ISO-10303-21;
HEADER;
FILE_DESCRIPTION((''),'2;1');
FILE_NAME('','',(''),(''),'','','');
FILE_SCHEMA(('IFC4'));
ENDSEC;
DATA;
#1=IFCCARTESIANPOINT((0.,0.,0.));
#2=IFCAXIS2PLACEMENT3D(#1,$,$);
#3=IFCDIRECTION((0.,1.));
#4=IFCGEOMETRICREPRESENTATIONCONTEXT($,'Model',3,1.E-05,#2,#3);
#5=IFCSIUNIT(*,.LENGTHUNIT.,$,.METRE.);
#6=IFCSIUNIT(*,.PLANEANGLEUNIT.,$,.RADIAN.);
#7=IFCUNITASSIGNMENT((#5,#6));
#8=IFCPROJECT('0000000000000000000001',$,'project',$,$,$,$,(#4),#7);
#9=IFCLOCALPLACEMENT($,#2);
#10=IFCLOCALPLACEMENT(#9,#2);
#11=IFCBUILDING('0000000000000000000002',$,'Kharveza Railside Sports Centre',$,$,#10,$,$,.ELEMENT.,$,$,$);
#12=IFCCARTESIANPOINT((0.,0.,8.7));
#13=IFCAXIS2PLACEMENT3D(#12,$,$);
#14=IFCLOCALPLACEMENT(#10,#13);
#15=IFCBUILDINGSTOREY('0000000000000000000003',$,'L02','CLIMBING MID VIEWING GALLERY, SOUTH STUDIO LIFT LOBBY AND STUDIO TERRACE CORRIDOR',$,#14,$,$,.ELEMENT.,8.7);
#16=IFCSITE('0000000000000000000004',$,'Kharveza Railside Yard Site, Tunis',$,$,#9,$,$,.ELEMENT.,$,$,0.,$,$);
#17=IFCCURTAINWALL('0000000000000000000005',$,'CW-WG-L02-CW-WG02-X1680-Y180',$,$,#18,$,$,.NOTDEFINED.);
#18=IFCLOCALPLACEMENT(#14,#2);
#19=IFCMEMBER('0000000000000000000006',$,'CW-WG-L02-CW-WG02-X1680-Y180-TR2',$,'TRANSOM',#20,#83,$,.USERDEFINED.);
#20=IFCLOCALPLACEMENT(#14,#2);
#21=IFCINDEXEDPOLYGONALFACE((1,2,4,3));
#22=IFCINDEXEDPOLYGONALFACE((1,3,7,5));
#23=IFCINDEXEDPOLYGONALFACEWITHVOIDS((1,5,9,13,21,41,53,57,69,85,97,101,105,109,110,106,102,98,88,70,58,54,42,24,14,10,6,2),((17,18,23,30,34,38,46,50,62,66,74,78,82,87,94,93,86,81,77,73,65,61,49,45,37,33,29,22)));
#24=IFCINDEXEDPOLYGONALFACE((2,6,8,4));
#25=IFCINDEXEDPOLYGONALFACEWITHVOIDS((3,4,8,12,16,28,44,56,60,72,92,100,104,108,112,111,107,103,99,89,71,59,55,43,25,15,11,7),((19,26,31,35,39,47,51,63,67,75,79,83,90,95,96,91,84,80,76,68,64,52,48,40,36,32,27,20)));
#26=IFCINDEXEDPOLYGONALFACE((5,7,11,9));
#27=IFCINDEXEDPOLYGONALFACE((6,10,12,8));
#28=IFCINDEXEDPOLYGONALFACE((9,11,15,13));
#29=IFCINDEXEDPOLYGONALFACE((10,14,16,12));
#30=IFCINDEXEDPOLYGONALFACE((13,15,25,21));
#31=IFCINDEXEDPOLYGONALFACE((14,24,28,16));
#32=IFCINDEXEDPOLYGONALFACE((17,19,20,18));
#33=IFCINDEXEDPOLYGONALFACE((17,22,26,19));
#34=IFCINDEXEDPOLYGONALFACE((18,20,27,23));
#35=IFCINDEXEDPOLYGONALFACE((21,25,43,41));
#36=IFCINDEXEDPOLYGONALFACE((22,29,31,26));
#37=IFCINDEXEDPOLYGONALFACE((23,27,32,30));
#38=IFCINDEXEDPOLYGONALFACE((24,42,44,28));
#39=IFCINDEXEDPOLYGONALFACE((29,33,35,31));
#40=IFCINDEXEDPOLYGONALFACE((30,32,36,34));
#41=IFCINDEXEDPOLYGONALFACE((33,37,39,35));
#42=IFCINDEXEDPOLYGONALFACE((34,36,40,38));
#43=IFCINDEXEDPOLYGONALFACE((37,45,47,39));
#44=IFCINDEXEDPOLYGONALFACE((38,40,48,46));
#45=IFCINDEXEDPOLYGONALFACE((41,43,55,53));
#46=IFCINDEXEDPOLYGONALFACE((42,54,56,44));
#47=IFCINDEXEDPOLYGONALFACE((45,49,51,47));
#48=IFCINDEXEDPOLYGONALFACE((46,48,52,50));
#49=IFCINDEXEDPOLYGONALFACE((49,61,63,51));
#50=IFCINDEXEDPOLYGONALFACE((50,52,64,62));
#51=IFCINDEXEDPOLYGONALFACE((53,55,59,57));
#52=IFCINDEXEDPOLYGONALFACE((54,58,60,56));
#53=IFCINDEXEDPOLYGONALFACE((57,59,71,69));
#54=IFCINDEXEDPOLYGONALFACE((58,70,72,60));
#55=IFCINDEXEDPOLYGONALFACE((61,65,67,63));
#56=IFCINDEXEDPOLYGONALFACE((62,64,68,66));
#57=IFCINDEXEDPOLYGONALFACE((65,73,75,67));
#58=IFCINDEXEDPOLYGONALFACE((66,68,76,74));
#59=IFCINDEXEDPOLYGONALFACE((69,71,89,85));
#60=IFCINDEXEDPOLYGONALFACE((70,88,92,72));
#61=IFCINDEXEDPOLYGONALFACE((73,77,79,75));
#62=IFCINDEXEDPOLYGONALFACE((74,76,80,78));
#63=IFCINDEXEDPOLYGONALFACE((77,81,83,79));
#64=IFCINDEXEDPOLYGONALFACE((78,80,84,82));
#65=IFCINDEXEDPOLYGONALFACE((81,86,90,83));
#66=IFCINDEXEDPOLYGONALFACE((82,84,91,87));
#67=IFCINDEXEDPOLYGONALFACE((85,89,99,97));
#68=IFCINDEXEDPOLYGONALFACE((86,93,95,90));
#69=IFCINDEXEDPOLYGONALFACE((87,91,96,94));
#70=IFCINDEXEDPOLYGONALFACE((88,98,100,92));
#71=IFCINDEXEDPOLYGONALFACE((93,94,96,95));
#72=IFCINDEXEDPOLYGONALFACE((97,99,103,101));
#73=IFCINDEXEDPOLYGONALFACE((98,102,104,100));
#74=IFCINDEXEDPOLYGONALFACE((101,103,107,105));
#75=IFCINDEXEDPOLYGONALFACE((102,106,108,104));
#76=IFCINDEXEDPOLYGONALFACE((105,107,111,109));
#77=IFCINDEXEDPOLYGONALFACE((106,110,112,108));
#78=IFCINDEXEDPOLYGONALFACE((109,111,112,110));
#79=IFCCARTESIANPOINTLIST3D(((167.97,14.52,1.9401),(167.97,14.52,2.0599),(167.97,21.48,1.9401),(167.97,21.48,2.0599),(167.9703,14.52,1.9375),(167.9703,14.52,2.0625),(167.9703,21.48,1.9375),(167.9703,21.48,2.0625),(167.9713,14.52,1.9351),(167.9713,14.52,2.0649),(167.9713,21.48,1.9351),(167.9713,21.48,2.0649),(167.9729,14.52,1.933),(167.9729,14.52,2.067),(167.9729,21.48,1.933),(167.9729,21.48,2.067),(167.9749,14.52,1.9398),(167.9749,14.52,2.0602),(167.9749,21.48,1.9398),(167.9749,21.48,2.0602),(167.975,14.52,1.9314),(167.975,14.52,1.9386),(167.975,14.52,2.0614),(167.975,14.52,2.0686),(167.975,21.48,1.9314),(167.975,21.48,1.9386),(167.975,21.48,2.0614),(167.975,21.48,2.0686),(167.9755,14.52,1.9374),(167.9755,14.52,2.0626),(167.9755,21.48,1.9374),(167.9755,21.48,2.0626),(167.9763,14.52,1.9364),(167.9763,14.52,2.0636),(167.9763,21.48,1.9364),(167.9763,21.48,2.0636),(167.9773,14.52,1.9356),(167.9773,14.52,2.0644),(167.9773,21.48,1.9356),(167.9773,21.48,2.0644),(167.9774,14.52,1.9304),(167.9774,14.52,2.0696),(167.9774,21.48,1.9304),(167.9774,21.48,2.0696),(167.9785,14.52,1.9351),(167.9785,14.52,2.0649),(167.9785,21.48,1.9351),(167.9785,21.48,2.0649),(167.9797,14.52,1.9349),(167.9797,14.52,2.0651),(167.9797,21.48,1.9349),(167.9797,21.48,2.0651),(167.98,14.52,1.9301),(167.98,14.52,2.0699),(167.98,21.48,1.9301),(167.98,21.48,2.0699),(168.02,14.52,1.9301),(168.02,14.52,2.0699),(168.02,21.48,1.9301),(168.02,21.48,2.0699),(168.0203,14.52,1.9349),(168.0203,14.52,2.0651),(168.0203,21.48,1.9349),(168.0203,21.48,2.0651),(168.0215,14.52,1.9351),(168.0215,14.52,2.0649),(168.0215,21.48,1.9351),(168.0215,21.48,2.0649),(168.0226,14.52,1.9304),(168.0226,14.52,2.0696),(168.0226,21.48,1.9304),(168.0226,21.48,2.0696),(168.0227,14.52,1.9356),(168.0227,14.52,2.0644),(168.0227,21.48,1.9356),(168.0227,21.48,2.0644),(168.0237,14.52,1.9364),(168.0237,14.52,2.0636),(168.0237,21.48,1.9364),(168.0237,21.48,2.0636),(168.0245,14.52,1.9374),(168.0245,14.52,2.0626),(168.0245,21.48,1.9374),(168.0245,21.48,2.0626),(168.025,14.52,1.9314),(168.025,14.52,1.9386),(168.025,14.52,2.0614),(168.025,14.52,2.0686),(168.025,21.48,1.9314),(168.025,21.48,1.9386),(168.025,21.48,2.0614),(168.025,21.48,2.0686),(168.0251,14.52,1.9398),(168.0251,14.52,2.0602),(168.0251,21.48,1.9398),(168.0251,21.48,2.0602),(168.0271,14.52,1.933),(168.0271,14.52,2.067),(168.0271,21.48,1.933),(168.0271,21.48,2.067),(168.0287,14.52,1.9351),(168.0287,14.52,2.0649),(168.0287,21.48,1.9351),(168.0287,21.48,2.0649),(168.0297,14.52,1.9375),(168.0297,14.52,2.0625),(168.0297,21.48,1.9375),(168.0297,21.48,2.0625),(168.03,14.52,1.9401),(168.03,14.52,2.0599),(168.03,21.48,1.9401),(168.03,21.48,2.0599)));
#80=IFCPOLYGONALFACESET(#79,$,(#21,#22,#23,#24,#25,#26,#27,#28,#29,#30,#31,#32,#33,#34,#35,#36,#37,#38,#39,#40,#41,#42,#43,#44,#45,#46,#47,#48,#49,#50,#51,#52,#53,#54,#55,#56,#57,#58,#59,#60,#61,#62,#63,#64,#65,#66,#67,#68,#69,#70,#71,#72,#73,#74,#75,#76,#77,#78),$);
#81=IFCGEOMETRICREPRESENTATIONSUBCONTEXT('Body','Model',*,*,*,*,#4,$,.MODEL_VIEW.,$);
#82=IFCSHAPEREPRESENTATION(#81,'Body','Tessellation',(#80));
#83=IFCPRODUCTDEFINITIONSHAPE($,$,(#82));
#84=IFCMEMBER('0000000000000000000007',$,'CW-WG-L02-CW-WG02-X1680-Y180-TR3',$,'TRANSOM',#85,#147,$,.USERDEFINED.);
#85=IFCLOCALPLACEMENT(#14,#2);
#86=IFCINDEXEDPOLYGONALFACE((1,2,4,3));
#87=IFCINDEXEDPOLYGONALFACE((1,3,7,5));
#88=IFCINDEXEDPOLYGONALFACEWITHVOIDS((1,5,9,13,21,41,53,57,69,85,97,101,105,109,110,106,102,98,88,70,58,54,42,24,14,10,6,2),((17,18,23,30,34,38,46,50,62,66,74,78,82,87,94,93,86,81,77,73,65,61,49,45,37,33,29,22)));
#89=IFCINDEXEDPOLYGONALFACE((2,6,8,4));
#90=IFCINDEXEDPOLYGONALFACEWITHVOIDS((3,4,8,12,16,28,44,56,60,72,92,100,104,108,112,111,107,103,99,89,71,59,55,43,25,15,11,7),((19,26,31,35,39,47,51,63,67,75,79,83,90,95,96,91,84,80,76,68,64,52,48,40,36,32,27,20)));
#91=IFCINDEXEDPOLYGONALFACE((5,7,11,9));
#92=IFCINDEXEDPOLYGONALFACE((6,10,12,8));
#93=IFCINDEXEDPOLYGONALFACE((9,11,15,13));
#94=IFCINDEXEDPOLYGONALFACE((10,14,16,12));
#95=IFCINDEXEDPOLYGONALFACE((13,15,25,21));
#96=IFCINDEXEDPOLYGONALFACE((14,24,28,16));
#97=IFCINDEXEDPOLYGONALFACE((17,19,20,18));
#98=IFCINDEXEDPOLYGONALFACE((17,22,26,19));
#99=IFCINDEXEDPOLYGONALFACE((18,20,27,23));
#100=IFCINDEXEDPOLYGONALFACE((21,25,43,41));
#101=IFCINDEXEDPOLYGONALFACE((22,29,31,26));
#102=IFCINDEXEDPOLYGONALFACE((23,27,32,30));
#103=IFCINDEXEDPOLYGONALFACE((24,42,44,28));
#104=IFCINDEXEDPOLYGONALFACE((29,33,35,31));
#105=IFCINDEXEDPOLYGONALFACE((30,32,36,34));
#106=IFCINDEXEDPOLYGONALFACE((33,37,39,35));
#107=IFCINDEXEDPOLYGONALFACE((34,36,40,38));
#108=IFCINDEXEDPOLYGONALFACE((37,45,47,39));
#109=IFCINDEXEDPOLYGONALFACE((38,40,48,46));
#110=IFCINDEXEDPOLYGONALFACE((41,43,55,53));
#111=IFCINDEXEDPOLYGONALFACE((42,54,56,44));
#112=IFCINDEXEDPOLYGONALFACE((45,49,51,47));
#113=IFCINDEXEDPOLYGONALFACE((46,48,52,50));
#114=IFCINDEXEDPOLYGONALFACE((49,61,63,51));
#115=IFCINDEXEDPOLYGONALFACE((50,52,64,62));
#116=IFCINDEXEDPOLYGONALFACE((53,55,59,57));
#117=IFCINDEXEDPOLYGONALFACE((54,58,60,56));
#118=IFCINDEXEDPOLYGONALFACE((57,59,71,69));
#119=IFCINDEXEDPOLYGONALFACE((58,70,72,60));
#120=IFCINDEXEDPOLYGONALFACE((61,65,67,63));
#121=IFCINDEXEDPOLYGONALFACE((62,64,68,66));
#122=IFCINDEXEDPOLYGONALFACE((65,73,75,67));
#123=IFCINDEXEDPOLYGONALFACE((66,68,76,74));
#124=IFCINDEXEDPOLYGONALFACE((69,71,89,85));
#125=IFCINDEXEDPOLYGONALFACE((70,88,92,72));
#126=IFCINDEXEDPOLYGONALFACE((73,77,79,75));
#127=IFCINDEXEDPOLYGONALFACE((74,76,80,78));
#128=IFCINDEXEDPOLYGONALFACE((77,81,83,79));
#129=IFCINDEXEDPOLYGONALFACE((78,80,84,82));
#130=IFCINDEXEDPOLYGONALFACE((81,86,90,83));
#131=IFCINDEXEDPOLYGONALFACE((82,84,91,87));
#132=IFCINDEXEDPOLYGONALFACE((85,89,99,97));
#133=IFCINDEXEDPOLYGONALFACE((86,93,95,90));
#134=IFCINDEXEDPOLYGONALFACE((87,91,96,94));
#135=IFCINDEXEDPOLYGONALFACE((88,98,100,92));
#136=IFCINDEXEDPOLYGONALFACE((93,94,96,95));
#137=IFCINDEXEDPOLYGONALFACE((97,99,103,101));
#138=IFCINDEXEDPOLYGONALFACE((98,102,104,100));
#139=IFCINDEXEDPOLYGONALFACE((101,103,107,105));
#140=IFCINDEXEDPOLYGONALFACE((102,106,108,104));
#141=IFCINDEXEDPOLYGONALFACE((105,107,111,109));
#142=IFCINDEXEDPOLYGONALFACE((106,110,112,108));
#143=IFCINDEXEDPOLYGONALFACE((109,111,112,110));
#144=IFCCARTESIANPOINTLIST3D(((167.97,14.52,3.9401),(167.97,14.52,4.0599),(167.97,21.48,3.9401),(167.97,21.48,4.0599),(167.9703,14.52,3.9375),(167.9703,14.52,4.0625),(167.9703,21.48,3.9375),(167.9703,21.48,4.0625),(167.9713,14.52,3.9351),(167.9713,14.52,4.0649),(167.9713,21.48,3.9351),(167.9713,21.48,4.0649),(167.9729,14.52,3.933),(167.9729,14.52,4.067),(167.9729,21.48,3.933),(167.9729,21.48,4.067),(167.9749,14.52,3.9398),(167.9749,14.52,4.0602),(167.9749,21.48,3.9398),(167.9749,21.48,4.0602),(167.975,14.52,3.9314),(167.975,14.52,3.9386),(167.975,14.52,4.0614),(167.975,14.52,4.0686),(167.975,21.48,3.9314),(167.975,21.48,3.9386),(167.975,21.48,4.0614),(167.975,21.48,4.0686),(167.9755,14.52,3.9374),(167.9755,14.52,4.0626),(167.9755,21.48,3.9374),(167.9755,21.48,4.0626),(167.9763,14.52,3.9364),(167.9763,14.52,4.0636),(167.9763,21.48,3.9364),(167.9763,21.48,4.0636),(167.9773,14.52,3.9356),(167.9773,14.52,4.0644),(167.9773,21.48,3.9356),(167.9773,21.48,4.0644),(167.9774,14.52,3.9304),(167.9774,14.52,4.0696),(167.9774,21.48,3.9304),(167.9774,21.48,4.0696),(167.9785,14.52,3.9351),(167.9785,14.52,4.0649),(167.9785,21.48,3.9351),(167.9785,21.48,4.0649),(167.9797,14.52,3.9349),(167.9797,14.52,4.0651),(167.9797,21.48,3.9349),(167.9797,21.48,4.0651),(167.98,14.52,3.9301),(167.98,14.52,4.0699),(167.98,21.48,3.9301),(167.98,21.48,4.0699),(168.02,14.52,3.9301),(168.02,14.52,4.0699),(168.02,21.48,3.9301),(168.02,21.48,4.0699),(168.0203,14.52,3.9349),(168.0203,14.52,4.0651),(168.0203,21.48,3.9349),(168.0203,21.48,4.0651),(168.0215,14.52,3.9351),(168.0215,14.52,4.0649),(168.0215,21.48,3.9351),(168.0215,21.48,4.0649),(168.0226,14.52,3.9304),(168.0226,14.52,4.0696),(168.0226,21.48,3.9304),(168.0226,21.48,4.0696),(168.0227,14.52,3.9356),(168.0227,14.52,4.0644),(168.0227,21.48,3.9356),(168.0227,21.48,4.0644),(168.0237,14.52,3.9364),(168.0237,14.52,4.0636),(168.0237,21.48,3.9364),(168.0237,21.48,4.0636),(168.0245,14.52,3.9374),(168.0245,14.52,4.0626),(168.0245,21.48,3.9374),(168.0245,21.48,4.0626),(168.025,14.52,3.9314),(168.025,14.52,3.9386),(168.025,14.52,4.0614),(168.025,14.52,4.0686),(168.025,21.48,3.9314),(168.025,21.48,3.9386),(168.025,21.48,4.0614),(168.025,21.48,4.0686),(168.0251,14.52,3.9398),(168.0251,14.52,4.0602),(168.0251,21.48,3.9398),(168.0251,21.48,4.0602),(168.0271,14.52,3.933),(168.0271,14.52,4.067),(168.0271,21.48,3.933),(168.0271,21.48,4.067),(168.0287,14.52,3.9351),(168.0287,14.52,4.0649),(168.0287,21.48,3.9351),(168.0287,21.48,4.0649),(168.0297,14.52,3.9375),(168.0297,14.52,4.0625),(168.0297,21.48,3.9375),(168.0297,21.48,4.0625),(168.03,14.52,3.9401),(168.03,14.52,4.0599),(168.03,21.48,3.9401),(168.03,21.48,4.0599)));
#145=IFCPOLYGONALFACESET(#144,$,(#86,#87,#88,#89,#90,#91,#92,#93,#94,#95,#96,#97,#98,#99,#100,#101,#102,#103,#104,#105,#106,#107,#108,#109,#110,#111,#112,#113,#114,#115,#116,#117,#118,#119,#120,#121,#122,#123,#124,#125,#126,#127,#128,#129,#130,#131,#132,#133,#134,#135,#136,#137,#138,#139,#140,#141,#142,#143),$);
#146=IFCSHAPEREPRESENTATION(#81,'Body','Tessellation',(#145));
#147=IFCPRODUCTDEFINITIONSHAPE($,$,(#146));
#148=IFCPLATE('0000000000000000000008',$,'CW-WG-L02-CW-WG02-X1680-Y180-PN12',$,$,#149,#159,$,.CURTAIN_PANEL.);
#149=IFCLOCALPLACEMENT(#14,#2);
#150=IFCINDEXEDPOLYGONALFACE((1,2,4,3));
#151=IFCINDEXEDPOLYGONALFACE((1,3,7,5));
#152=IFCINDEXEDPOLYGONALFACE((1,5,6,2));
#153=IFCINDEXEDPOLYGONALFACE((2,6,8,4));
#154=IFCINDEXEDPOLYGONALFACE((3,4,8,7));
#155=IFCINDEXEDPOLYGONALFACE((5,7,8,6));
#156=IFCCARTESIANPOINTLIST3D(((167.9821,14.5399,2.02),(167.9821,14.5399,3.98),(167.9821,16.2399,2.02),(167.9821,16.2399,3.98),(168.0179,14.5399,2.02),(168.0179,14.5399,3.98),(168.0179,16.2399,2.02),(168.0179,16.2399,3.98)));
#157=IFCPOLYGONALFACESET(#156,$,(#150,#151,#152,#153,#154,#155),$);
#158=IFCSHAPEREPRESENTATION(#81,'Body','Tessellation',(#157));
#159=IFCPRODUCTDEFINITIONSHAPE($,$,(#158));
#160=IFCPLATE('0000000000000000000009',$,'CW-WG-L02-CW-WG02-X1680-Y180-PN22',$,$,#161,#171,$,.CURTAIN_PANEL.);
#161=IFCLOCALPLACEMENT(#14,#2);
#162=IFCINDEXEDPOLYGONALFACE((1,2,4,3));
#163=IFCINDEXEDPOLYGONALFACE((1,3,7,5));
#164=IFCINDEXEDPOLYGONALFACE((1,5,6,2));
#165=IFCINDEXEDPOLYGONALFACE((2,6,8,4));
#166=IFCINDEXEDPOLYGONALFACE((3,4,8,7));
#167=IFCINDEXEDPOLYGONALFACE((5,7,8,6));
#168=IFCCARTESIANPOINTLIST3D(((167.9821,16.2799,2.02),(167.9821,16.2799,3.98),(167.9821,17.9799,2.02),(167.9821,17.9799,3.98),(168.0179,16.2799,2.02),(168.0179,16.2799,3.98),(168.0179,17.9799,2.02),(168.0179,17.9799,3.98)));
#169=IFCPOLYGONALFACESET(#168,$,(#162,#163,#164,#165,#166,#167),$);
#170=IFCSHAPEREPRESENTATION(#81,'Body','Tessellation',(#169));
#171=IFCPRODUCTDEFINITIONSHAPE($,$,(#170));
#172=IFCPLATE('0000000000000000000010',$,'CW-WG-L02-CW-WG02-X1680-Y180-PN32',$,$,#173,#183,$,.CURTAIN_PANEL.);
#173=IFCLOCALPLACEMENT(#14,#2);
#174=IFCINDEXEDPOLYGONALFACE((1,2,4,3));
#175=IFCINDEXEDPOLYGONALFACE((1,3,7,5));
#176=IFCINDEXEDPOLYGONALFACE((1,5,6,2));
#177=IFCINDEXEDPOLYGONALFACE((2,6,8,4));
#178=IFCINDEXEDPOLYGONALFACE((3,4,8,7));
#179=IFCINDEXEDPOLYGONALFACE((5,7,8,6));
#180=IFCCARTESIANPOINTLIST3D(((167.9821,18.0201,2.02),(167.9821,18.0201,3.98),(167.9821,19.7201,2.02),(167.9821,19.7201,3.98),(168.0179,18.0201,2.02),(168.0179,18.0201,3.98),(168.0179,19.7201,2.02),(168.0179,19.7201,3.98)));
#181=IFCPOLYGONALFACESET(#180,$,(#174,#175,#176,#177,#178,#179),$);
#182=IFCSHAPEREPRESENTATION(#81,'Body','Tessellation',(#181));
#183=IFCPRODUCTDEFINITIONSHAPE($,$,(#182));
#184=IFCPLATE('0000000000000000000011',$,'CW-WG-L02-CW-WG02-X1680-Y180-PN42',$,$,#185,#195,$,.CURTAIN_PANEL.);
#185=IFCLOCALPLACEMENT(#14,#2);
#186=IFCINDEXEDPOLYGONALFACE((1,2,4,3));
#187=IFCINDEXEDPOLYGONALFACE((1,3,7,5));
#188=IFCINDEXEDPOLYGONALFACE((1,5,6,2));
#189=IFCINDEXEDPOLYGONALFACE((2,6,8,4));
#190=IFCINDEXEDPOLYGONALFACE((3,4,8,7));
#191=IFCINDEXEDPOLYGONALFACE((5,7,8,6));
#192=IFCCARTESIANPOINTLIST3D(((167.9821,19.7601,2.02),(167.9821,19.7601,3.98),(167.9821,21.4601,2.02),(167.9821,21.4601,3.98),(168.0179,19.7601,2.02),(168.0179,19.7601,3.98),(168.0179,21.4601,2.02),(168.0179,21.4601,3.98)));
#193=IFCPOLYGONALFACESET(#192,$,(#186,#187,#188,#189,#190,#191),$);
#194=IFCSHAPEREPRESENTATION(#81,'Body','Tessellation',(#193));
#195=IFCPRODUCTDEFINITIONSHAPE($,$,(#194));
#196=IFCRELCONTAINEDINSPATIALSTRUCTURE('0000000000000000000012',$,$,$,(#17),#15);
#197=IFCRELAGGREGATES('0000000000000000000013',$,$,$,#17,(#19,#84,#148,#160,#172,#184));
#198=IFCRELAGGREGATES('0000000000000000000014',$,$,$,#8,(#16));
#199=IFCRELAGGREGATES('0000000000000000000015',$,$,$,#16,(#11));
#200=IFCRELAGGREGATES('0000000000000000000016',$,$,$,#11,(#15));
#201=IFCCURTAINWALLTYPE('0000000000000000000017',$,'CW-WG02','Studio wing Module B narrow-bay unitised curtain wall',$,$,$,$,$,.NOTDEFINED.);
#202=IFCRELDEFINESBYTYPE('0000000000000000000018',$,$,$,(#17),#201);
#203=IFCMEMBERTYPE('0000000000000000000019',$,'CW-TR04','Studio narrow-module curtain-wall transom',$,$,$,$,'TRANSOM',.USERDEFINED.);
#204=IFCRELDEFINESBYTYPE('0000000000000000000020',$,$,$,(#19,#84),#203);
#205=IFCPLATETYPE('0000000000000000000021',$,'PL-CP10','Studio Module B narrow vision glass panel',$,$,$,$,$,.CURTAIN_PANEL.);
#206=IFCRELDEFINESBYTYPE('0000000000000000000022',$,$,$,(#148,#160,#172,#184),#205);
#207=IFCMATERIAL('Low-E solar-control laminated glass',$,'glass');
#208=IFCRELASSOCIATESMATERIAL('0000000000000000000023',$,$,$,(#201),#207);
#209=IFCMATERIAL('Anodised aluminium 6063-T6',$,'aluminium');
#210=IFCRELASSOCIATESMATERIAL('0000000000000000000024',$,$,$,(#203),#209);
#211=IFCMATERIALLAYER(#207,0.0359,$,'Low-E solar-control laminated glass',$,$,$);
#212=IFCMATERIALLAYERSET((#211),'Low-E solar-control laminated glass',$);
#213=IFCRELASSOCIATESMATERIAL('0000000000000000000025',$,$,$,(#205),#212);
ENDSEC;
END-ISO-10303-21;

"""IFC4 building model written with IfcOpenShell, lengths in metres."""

from ifc_helpers import new_model, si_unit, direction, frame, origin, origin_2d, place, context, subcontext, project, spatial, rectangle, hollow_rectangle, extrude, material, layer, layer_set, material_profile, profile_set, type_object, element, aggregate, save


model = new_model("IFC4")

# Units and contexts
model_context = context("Model", 3, precision=1e-05, world=origin(), true_north=direction((0.0, 1.0)))
body_context = subcontext(model_context, "Body", "Model", "MODEL_VIEW")
ifc_project = project(units=[si_unit("LENGTHUNIT", "METRE"), si_unit("PLANEANGLEUNIT", "RADIAN")], contexts=[model_context])

# Site, building, storey
site_placement = place(None, origin())
site = spatial("IfcSite", under=ifc_project, at=site_placement, Name="Kharveza Railside Yard Site, Tunis", CompositionType="ELEMENT", RefElevation=0.0)
building_placement = place(site_placement, origin())
building = spatial("IfcBuilding", under=site, at=building_placement, Name="Kharveza Railside Sports Centre", CompositionType="ELEMENT")
storey_placement = place(building_placement, frame((0.0, 0.0, 8.7)))
storey = spatial("IfcBuildingStorey", under=building, at=storey_placement, Name="L02", Description="CLIMBING MID VIEWING GALLERY, SOUTH STUDIO LIFT LOBBY AND STUDIO TERRACE CORRIDOR", CompositionType="ELEMENT", Elevation=8.7)

# Curtain wall, members, plates
ifc_material_1 = material(Name="Low-E solar-control laminated glass", Category="glass")
curtain_wall_type = type_object("IfcCurtainWallType", Name="CW-WG02", Description="Studio wing Module B narrow-bay unitised curtain wall", PredefinedType="NOTDEFINED", material=ifc_material_1)
curtain_wall_placement = place(storey_placement, origin())
curtain_wall = element("IfcCurtainWall", 1, at=curtain_wall_placement, inside=storey, type_object=curtain_wall_type, Name="CW-WG-L02-CW-WG02-X1680-Y180", PredefinedType="NOTDEFINED")
ifc_material_2 = material(Name="Anodised aluminium 6063-T6", Category="aluminium")
ifc_material_profile_1 = material_profile(ifc_material_2, hollow_rectangle(XDim=0.0601, YDim=0.1399, WallThickness=0.0049, InnerFilletRadius=0.0049, OuterFilletRadius=0.01, at=origin_2d()), Name="RHS 60x140x5.0")
ifc_profile_set_1 = profile_set([ifc_material_profile_1], Name="Anodised aluminium 6063-T6")
member_type_1 = type_object("IfcMemberType", Name="CW-TR04", Description="Studio narrow-module curtain-wall transom", ElementType="TRANSOM", PredefinedType="USERDEFINED", material=ifc_profile_set_1)
member_1_placement = place(storey_placement, frame((168.0, 14.52, 2.0), z_axis=(0.0, 1.0, 0.0), x_axis=(-1.0, 0.0, 0.0)))
member_1 = element("IfcMember", 2, at=member_1_placement, type_object=member_type_1, Name="CW-WG-L02-CW-WG02-X1680-Y180-TR2", ObjectType="TRANSOM", PredefinedType="USERDEFINED", context=body_context, shape_type="SweptSolid", body=[
    extrude(hollow_rectangle(XDim=0.0601, YDim=0.1399, WallThickness=0.0049, InnerFilletRadius=0.0049, OuterFilletRadius=0.01, at=origin_2d()), origin(), (0.0, 0.0, 1.0), 6.96),
])
member_2_placement = place(storey_placement, frame((168.0, 14.52, 4.0), z_axis=(0.0, 1.0, 0.0), x_axis=(-1.0, 0.0, 0.0)))
member_2 = element("IfcMember", 3, at=member_2_placement, type_object=member_type_1, Name="CW-WG-L02-CW-WG02-X1680-Y180-TR3", ObjectType="TRANSOM", PredefinedType="USERDEFINED", context=body_context, shape_type="SweptSolid", body=[
    extrude(hollow_rectangle(XDim=0.0601, YDim=0.1399, WallThickness=0.0049, InnerFilletRadius=0.0049, OuterFilletRadius=0.01, at=origin_2d()), origin(), (0.0, 0.0, 1.0), 6.96),
])
ifc_layer_1 = layer(ifc_material_1, 0.0359, Name="Low-E solar-control laminated glass")
ifc_layer_set_1 = layer_set([ifc_layer_1], Name="Low-E solar-control laminated glass")
plate_type_1 = type_object("IfcPlateType", Name="PL-CP10", Description="Studio Module B narrow vision glass panel", PredefinedType="CURTAIN_PANEL", material=ifc_layer_set_1)
plate_1_placement = place(storey_placement, frame((168.0, 15.3899, 2.02), z_axis=(0.0, 0.0, 1.0), x_axis=(0.0, 1.0, 0.0)))
plate_1 = element("IfcPlate", 4, at=plate_1_placement, type_object=plate_type_1, Name="CW-WG-L02-CW-WG02-X1680-Y180-PN12", PredefinedType="CURTAIN_PANEL", context=body_context, shape_type="SweptSolid", body=[
    extrude(rectangle(XDim=1.7, YDim=0.0359, at=origin_2d()), origin(), (0.0, 0.0, 1.0), 1.96),
])
plate_2_placement = place(storey_placement, frame((168.0, 17.1299, 2.02), z_axis=(0.0, 0.0, 1.0), x_axis=(0.0, 1.0, 0.0)))
plate_2 = element("IfcPlate", 5, at=plate_2_placement, type_object=plate_type_1, Name="CW-WG-L02-CW-WG02-X1680-Y180-PN22", PredefinedType="CURTAIN_PANEL", context=body_context, shape_type="SweptSolid", body=[
    extrude(rectangle(XDim=1.7, YDim=0.0359, at=origin_2d()), origin(), (0.0, 0.0, 1.0), 1.96),
])
plate_3_placement = place(storey_placement, frame((168.0, 18.8701, 2.02), z_axis=(0.0, 0.0, 1.0), x_axis=(0.0, 1.0, 0.0)))
plate_3 = element("IfcPlate", 6, at=plate_3_placement, type_object=plate_type_1, Name="CW-WG-L02-CW-WG02-X1680-Y180-PN32", PredefinedType="CURTAIN_PANEL", context=body_context, shape_type="SweptSolid", body=[
    extrude(rectangle(XDim=1.7, YDim=0.0359, at=origin_2d()), origin(), (0.0, 0.0, 1.0), 1.96),
])
plate_4_placement = place(storey_placement, frame((168.0, 20.6101, 2.02), z_axis=(0.0, 0.0, 1.0), x_axis=(0.0, 1.0, 0.0)))
plate_4 = element("IfcPlate", 7, at=plate_4_placement, type_object=plate_type_1, Name="CW-WG-L02-CW-WG02-X1680-Y180-PN42", PredefinedType="CURTAIN_PANEL", context=body_context, shape_type="SweptSolid", body=[
    extrude(rectangle(XDim=1.7, YDim=0.0359, at=origin_2d()), origin(), (0.0, 0.0, 1.0), 1.96),
])
aggregate(curtain_wall, [member_1, member_2, plate_1, plate_2, plate_3, plate_4])

save(model, "model.ifc")
